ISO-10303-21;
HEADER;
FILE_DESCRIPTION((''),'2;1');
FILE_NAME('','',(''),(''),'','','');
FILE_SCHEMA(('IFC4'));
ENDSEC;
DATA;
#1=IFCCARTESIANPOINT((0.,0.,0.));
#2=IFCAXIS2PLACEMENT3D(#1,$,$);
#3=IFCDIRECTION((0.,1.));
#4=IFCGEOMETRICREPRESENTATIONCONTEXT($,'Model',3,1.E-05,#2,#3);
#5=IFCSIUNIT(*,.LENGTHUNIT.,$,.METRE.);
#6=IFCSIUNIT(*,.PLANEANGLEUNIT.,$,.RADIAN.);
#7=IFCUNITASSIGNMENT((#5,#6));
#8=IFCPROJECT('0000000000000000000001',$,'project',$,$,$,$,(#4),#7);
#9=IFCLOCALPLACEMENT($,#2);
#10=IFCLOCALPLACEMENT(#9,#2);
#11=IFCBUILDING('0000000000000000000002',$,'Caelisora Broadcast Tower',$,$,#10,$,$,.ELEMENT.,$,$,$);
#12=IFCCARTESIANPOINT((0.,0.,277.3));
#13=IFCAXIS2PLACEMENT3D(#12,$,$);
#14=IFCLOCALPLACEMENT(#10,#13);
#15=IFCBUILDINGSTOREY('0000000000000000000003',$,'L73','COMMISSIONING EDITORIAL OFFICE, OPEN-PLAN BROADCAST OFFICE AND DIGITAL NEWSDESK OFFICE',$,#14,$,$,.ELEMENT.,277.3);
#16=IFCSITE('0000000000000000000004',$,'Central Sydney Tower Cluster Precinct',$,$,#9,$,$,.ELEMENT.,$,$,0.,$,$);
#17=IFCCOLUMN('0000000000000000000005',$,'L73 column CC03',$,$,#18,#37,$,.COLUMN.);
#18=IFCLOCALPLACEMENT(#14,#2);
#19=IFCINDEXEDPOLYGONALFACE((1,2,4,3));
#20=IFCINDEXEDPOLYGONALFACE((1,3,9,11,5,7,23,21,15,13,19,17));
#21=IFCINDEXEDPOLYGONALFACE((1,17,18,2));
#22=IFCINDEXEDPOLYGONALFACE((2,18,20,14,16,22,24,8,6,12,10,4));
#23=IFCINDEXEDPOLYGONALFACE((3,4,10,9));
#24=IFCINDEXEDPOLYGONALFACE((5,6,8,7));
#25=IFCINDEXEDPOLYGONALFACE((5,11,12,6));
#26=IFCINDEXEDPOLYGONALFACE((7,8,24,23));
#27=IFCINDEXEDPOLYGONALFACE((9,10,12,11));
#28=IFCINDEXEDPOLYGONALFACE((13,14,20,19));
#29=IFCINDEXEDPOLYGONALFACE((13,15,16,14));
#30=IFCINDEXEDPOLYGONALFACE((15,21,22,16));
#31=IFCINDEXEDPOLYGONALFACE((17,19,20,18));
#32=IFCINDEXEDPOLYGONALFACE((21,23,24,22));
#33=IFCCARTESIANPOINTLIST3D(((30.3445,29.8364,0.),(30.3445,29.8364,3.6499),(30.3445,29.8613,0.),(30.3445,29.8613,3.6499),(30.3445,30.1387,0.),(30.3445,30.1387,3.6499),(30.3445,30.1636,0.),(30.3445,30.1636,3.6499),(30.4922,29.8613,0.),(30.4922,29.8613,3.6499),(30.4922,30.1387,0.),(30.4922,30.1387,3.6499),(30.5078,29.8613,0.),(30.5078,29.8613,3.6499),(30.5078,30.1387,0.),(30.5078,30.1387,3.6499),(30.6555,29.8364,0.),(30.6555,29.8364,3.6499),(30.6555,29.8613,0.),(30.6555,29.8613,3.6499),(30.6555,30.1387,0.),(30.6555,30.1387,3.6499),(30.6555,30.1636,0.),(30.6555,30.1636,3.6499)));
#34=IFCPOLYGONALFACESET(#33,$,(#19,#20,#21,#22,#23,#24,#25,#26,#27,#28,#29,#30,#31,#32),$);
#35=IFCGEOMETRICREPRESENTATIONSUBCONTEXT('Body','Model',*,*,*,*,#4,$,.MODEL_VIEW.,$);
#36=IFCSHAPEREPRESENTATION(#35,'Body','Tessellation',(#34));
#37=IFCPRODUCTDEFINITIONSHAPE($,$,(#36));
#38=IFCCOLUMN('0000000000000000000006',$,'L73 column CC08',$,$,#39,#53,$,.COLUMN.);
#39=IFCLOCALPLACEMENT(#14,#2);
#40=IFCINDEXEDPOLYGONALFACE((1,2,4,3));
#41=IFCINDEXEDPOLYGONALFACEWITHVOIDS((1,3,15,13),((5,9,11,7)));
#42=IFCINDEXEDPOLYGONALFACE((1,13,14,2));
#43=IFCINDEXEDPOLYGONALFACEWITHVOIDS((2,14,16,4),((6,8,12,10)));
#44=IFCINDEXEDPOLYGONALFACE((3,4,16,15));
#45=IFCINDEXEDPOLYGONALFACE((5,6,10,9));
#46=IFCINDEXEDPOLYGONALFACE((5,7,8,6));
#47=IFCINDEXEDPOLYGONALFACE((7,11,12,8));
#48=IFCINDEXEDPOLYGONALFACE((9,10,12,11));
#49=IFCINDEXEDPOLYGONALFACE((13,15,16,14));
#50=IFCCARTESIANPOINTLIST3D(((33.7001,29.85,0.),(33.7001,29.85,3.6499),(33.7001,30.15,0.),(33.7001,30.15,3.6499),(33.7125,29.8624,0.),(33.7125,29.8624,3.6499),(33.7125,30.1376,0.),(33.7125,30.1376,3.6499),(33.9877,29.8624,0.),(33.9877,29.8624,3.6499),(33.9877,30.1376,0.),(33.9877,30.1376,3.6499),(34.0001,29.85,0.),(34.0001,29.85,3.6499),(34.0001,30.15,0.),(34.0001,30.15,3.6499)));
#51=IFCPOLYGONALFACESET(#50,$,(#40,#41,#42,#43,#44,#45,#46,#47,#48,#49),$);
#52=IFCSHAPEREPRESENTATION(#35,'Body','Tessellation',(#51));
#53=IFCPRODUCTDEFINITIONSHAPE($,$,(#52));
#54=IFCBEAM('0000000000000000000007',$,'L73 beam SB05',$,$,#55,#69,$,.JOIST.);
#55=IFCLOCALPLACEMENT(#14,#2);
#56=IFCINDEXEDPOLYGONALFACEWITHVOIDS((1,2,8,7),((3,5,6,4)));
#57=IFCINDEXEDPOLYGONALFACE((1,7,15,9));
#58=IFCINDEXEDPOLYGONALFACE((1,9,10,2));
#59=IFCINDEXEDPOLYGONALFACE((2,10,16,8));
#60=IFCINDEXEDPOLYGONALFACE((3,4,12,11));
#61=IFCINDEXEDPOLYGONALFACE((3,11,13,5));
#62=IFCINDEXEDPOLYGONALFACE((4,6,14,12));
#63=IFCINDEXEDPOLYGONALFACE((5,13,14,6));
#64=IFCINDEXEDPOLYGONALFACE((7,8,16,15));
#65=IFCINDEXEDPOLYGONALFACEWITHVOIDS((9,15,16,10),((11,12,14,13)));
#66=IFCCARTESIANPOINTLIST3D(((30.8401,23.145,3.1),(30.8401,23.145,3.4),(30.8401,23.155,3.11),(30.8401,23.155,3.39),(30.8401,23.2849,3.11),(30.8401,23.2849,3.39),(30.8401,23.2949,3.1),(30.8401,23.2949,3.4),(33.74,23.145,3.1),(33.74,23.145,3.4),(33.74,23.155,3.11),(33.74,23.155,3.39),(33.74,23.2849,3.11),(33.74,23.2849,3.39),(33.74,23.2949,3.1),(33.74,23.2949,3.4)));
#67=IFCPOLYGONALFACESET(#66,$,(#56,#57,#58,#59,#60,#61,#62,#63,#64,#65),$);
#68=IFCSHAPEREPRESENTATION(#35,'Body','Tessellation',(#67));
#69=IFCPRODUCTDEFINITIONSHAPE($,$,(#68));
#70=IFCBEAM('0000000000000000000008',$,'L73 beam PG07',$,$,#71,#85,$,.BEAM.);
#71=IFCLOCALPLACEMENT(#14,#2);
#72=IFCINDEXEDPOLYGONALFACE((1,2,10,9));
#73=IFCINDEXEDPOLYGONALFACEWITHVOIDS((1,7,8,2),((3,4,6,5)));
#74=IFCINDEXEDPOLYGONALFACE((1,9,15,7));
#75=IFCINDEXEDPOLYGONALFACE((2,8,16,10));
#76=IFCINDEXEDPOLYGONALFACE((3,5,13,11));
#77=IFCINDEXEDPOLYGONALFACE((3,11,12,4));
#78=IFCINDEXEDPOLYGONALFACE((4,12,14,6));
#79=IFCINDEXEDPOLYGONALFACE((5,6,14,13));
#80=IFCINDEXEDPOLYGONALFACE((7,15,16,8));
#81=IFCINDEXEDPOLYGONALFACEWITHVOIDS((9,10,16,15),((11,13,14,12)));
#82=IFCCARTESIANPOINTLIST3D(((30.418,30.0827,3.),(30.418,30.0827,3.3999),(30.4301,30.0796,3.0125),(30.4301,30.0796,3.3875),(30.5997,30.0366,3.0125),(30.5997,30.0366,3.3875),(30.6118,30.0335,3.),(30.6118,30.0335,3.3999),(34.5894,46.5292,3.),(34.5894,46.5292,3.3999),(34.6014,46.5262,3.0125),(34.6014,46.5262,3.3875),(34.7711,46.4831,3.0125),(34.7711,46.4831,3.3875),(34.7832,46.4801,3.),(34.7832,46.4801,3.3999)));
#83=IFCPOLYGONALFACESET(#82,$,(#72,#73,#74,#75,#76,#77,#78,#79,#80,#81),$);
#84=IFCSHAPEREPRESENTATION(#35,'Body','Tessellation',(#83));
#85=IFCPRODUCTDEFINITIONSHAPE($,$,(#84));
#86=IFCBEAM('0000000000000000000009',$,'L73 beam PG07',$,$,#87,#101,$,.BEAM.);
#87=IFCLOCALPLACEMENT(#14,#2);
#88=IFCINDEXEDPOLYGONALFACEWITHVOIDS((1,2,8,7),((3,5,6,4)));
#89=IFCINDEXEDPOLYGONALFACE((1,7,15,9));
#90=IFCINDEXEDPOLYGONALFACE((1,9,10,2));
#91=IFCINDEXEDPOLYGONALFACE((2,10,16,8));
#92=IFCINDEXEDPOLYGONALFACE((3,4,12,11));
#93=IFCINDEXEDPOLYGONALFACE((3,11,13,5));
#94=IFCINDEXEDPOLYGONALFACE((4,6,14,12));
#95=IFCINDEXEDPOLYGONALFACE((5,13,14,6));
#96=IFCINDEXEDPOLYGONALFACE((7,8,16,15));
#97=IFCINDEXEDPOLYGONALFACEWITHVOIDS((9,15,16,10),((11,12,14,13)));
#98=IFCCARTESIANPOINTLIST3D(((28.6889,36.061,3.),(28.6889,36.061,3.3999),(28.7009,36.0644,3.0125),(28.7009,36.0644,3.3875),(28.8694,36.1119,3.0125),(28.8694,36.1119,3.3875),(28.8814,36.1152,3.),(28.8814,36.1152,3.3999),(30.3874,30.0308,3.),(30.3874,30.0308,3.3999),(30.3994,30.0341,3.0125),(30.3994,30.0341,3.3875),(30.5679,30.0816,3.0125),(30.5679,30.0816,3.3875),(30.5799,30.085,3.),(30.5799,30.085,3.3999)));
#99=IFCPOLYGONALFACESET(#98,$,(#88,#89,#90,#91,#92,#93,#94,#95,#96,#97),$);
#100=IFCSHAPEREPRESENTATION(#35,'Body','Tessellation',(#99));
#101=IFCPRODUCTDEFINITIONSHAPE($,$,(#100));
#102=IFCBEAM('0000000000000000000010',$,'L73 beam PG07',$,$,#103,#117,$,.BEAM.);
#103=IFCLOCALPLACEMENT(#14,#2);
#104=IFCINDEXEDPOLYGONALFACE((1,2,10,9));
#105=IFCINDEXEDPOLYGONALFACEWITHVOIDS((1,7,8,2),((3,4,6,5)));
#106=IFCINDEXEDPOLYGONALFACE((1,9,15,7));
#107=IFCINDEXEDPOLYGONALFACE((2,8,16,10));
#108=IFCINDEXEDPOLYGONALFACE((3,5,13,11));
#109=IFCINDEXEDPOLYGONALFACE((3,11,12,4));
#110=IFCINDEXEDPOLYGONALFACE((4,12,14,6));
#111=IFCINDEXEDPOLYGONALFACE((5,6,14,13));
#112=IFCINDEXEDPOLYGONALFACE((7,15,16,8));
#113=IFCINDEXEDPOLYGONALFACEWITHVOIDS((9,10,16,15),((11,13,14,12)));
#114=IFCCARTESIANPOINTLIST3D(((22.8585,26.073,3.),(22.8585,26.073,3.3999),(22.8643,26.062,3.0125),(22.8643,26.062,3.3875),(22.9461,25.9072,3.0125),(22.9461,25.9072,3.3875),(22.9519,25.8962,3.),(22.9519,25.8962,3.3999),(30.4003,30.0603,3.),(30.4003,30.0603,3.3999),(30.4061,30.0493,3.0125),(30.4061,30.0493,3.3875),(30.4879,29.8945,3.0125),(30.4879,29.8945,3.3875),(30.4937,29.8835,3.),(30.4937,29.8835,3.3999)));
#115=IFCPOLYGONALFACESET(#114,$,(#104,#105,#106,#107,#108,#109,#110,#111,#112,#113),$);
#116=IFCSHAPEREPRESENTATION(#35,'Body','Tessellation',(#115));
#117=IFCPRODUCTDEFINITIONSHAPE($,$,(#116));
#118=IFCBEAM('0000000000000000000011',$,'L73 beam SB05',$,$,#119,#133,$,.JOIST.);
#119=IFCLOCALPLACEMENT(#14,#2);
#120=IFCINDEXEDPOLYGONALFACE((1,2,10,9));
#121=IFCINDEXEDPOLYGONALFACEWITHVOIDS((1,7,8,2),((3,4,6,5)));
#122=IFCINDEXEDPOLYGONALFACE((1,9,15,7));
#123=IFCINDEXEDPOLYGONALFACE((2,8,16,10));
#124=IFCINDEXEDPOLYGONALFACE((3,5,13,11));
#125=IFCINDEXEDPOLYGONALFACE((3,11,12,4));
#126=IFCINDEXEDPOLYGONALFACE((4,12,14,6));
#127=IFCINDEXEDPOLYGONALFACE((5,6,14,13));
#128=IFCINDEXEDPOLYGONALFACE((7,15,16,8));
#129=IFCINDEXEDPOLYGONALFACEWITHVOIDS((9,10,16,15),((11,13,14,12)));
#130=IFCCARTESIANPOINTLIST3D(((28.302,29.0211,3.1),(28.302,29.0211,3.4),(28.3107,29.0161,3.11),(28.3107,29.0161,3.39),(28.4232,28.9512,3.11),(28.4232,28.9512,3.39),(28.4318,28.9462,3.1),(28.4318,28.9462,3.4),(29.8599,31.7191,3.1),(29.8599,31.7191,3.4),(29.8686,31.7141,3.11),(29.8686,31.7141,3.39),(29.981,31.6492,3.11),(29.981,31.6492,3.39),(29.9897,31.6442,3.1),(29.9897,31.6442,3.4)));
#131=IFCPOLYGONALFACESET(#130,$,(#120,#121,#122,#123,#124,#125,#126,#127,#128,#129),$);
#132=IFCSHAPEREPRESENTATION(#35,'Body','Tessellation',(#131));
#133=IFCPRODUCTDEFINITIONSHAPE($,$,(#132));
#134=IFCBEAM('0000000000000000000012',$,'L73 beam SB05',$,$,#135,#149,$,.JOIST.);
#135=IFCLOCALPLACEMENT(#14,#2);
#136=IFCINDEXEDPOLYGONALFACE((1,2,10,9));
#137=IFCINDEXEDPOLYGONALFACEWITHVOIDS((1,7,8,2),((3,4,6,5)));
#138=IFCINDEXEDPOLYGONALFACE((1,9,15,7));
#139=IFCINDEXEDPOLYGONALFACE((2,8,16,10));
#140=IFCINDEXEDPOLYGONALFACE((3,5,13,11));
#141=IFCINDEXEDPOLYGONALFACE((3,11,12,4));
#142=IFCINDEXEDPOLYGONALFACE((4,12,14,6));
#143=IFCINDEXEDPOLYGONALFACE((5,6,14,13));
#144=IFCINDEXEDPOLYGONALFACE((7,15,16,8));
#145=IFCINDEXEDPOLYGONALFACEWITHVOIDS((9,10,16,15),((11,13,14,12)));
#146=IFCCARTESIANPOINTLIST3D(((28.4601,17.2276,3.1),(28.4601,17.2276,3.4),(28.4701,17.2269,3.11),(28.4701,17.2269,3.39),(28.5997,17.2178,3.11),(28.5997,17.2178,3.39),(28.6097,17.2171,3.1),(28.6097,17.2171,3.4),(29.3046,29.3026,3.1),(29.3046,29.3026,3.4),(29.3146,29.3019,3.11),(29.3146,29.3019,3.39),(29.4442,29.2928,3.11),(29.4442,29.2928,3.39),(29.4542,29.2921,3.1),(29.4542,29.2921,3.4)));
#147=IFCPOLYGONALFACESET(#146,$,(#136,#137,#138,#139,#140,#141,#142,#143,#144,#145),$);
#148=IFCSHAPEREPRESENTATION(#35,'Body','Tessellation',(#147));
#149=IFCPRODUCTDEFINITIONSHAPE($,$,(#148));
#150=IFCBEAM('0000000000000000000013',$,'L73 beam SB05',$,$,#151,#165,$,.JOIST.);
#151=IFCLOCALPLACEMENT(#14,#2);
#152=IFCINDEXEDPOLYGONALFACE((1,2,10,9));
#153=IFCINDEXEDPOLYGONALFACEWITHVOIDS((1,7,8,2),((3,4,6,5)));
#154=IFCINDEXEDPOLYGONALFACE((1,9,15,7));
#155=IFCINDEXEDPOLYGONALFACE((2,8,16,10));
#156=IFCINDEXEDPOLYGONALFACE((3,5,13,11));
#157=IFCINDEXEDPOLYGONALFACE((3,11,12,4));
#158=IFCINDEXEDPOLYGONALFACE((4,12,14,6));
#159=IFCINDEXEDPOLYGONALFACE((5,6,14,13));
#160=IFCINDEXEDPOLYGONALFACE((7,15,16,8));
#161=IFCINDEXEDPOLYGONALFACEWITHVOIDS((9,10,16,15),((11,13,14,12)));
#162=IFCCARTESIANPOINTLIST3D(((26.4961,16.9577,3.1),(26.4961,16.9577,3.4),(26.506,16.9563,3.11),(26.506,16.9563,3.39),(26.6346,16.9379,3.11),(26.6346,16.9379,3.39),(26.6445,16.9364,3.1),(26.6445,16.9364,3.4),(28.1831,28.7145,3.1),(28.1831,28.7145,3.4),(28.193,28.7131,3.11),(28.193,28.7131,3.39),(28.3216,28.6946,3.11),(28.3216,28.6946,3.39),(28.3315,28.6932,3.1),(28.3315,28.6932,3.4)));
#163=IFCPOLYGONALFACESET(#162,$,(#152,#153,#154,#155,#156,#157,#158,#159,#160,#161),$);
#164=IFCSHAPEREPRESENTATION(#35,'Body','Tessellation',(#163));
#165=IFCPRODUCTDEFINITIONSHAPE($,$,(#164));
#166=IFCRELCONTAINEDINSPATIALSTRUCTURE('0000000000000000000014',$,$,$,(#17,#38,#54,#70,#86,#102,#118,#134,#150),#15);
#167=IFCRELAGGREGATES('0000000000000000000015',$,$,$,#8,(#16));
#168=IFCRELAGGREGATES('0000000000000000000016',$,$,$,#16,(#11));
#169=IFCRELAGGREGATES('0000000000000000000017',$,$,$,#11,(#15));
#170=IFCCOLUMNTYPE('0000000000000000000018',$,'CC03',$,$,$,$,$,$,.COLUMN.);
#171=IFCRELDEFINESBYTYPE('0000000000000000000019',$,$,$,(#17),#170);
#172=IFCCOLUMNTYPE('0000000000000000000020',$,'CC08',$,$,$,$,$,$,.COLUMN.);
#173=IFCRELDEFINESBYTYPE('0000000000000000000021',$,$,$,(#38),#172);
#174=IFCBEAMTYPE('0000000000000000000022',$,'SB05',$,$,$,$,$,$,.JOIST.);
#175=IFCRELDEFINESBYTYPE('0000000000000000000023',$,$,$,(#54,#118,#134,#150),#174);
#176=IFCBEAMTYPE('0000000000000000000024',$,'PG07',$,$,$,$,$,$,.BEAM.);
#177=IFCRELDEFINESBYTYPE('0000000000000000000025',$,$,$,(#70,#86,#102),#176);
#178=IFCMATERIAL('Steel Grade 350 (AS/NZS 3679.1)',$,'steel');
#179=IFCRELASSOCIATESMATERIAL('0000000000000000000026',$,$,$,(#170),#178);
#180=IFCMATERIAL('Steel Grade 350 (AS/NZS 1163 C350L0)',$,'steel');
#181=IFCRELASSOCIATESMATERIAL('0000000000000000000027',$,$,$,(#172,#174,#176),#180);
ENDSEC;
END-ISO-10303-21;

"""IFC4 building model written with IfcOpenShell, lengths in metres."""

from ifc_helpers import new_model, si_unit, direction, frame, origin, origin_2d, place, context, subcontext, project, spatial, hollow_rectangle, i_section, extrude, source, transform, mapped, material, material_profile, profile_set, type_object, type_shapes, element, save


model = new_model("IFC4")

# Units and contexts
model_context = context("Model", 3, precision=1e-05, world=origin(), true_north=direction((0.0, 1.0)))
body_context = subcontext(model_context, "Body", "Model", "MODEL_VIEW")
ifc_project = project(units=[si_unit("LENGTHUNIT", "METRE"), si_unit("PLANEANGLEUNIT", "RADIAN")], contexts=[model_context])

# Site, building, storey
site_placement = place(None, origin())
site = spatial("IfcSite", under=ifc_project, at=site_placement, Name="Central Sydney Tower Cluster Precinct", CompositionType="ELEMENT", RefElevation=0.0)
building_placement = place(site_placement, origin())
building = spatial("IfcBuilding", under=site, at=building_placement, Name="Caelisora Broadcast Tower", CompositionType="ELEMENT")
storey_placement = place(building_placement, frame((0.0, 0.0, 277.3)))
storey = spatial("IfcBuildingStorey", under=building, at=storey_placement, Name="L73", Description="COMMISSIONING EDITORIAL OFFICE, OPEN-PLAN BROADCAST OFFICE AND DIGITAL NEWSDESK OFFICE", CompositionType="ELEMENT", Elevation=277.3)

# Columns
ifc_material_1 = material(Name="Steel Grade 350 (AS/NZS 3679.1)", Category="steel")
ifc_material_profile_1 = material_profile(ifc_material_1, i_section(OverallWidth=0.311, OverallDepth=0.3271, WebThickness=0.0156, FlangeThickness=0.0249, at=origin_2d()), Name="Steel Grade 350 (AS/NZS 3679.1)")
ifc_profile_set_1 = profile_set([ifc_material_profile_1], Name="Steel Grade 350 (AS/NZS 3679.1)")
column_type_1 = type_object("IfcColumnType", Name="CC03", PredefinedType="COLUMN", material=ifc_profile_set_1)
shared_shape_1 = source(origin(), body_context, "Body", "SweptSolid", [
    extrude(i_section(OverallWidth=0.311, OverallDepth=0.3271, WebThickness=0.0156, FlangeThickness=0.0249, at=origin_2d()), origin(), (0.0, 0.0, 1.0), 3.6499),
])
type_shapes(column_type_1, [shared_shape_1])
column_1_placement = place(storey_placement, frame((30.5, 30.0, 0.0), z_axis=(0.0, 0.0, 1.0), x_axis=(1.0, 0.0, 0.0)))
element("IfcColumn", 1, at=column_1_placement, inside=storey, type_object=column_type_1, Name="L73 column CC03", PredefinedType="COLUMN", context=body_context, shape_type="MappedRepresentation", body=[
    mapped(shared_shape_1, transform((0.0, 0.0, 0.0), scale=1.0)),
])
ifc_material_2 = material(Name="Steel Grade 350 (AS/NZS 1163 C350L0)", Category="steel")
ifc_material_profile_2 = material_profile(ifc_material_2, hollow_rectangle(XDim=0.3, YDim=0.3, WallThickness=0.0125, at=origin_2d()), Name="Steel Grade 350 (AS/NZS 1163 C350L0)")
ifc_profile_set_2 = profile_set([ifc_material_profile_2], Name="Steel Grade 350 (AS/NZS 1163 C350L0)")
column_type_2 = type_object("IfcColumnType", Name="CC08", PredefinedType="COLUMN", material=ifc_profile_set_2)
shared_shape_2 = source(origin(), body_context, "Body", "SweptSolid", [
    extrude(hollow_rectangle(XDim=0.3, YDim=0.3, WallThickness=0.0125, at=origin_2d()), origin(), (0.0, 0.0, 1.0), 3.6499),
])
type_shapes(column_type_2, [shared_shape_2])
column_2_placement = place(storey_placement, frame((33.8501, 30.0, 0.0), z_axis=(0.0, 0.0, 1.0), x_axis=(1.0, 0.0, 0.0)))
element("IfcColumn", 2, at=column_2_placement, inside=storey, type_object=column_type_2, Name="L73 column CC08", PredefinedType="COLUMN", context=body_context, shape_type="MappedRepresentation", body=[
    mapped(shared_shape_2, transform((0.0, 0.0, 0.0), scale=1.0)),
])

# Beams
ifc_material_profile_3 = material_profile(ifc_material_2, hollow_rectangle(XDim=0.1499, YDim=0.3, WallThickness=0.01, at=origin_2d()), Name="Steel Grade 350 (AS/NZS 1163 C350L0)")
ifc_profile_set_3 = profile_set([ifc_material_profile_3], Name="Steel Grade 350 (AS/NZS 1163 C350L0)")
beam_type_1 = type_object("IfcBeamType", Name="SB05", PredefinedType="JOIST", material=ifc_profile_set_3)
shared_shape_3 = source(origin(), body_context, "Body", "SweptSolid", [
    extrude(hollow_rectangle(XDim=0.1499, YDim=0.3, WallThickness=0.01, at=origin_2d()), origin(), (0.0, 0.0, 1.0), 2.8999),
])
beam_1_placement = place(storey_placement, frame((30.8401, 23.22, 3.25), z_axis=(1.0, 0.0, 0.0), x_axis=(0.0, 1.0, 0.0)))
element("IfcBeam", 3, at=beam_1_placement, inside=storey, type_object=beam_type_1, Name="L73 beam SB05", PredefinedType="JOIST", context=body_context, shape_type="MappedRepresentation", body=[
    mapped(shared_shape_3, transform((0.0, 0.0, 0.0), scale=1.0)),
])
ifc_material_profile_4 = material_profile(ifc_material_2, hollow_rectangle(XDim=0.2, YDim=0.3999, WallThickness=0.0125, at=origin_2d()), Name="Steel Grade 350 (AS/NZS 1163 C350L0)")
ifc_profile_set_4 = profile_set([ifc_material_profile_4], Name="Steel Grade 350 (AS/NZS 1163 C350L0)")
beam_type_2 = type_object("IfcBeamType", Name="PG07", PredefinedType="BEAM", material=ifc_profile_set_4)
shared_shape_4 = source(origin(), body_context, "Body", "SweptSolid", [
    extrude(hollow_rectangle(XDim=0.2, YDim=0.3999, WallThickness=0.0125, at=origin_2d()), origin(), (0.0, 0.0, 1.0), 16.9673),
])
beam_2_placement = place(storey_placement, frame((30.5149, 30.0581, 3.2), z_axis=(0.245849, 0.969308, 0.0), x_axis=(-0.969308, 0.245849, 0.0)))
element("IfcBeam", 4, at=beam_2_placement, inside=storey, type_object=beam_type_2, Name="L73 beam PG07", PredefinedType="BEAM", context=body_context, shape_type="MappedRepresentation", body=[
    mapped(shared_shape_4, transform((0.0, 0.0, 0.0), scale=1.0)),
])
shared_shape_5 = source(origin(), body_context, "Body", "SweptSolid", [
    extrude(hollow_rectangle(XDim=0.2, YDim=0.3999, WallThickness=0.0125, at=origin_2d()), origin(), (0.0, 0.0, 1.0), 6.2649),
])
beam_3_placement = place(storey_placement, frame((30.4836, 30.0579, 3.2), z_axis=(-0.271111, 0.962548, 0.0), x_axis=(-0.962548, -0.271111, 0.0)))
element("IfcBeam", 5, at=beam_3_placement, inside=storey, type_object=beam_type_2, Name="L73 beam PG07", PredefinedType="BEAM", context=body_context, shape_type="MappedRepresentation", body=[
    mapped(shared_shape_5, transform((0.0, 0.0, 0.0), scale=1.0)),
])
shared_shape_6 = source(origin(), body_context, "Body", "SweptSolid", [
    extrude(hollow_rectangle(XDim=0.2, YDim=0.3999, WallThickness=0.0125, at=origin_2d()), origin(), (0.0, 0.0, 1.0), 8.531),
])
type_shapes(beam_type_2, [shared_shape_4, shared_shape_5, shared_shape_6])
beam_4_placement = place(storey_placement, frame((30.447, 29.9719, 3.2), z_axis=(-0.884049, -0.467395, 0.0), x_axis=(0.467395, -0.884049, 0.0)))
element("IfcBeam", 6, at=beam_4_placement, inside=storey, type_object=beam_type_2, Name="L73 beam PG07", PredefinedType="BEAM", context=body_context, shape_type="MappedRepresentation", body=[
    mapped(shared_shape_6, transform((0.0, 0.0, 0.0), scale=1.0)),
])
shared_shape_7 = source(origin(), body_context, "Body", "SweptSolid", [
    extrude(hollow_rectangle(XDim=0.1499, YDim=0.3, WallThickness=0.01, at=origin_2d()), origin(), (0.0, 0.0, 1.0), 3.1155),
])
beam_5_placement = place(storey_placement, frame((29.9248, 31.6816, 3.25), z_axis=(-0.500041, -0.866002, 0.0), x_axis=(0.866002, -0.500041, 0.0)))
element("IfcBeam", 7, at=beam_5_placement, inside=storey, type_object=beam_type_1, Name="L73 beam SB05", PredefinedType="JOIST", context=body_context, shape_type="MappedRepresentation", body=[
    mapped(shared_shape_7, transform((0.0, 0.0, 0.0), scale=1.0)),
])
shared_shape_8 = source(origin(), body_context, "Body", "SweptSolid", [
    extrude(hollow_rectangle(XDim=0.1499, YDim=0.3, WallThickness=0.01, at=origin_2d()), origin(), (0.0, 0.0, 1.0), 12.1045),
])
beam_6_placement = place(storey_placement, frame((29.3794, 29.2974, 3.25), z_axis=(-0.069766, -0.997563, 0.0), x_axis=(0.997563, -0.069766, 0.0)))
element("IfcBeam", 8, at=beam_6_placement, inside=storey, type_object=beam_type_1, Name="L73 beam SB05", PredefinedType="JOIST", context=body_context, shape_type="MappedRepresentation", body=[
    mapped(shared_shape_8, transform((0.0, 0.0, 0.0), scale=1.0)),
])
shared_shape_9 = source(origin(), body_context, "Body", "SweptSolid", [
    extrude(hollow_rectangle(XDim=0.1499, YDim=0.3, WallThickness=0.01, at=origin_2d()), origin(), (0.0, 0.0, 1.0), 11.8772),
])
type_shapes(beam_type_1, [shared_shape_3, shared_shape_7, shared_shape_8, shared_shape_9])
beam_7_placement = place(storey_placement, frame((28.2573, 28.7039, 3.25), z_axis=(-0.142037, -0.989861, 0.0), x_axis=(0.989861, -0.142037, 0.0)))
element("IfcBeam", 9, at=beam_7_placement, inside=storey, type_object=beam_type_1, Name="L73 beam SB05", PredefinedType="JOIST", context=body_context, shape_type="MappedRepresentation", body=[
    mapped(shared_shape_9, transform((0.0, 0.0, 0.0), scale=1.0)),
])

save(model, "model.ifc")
